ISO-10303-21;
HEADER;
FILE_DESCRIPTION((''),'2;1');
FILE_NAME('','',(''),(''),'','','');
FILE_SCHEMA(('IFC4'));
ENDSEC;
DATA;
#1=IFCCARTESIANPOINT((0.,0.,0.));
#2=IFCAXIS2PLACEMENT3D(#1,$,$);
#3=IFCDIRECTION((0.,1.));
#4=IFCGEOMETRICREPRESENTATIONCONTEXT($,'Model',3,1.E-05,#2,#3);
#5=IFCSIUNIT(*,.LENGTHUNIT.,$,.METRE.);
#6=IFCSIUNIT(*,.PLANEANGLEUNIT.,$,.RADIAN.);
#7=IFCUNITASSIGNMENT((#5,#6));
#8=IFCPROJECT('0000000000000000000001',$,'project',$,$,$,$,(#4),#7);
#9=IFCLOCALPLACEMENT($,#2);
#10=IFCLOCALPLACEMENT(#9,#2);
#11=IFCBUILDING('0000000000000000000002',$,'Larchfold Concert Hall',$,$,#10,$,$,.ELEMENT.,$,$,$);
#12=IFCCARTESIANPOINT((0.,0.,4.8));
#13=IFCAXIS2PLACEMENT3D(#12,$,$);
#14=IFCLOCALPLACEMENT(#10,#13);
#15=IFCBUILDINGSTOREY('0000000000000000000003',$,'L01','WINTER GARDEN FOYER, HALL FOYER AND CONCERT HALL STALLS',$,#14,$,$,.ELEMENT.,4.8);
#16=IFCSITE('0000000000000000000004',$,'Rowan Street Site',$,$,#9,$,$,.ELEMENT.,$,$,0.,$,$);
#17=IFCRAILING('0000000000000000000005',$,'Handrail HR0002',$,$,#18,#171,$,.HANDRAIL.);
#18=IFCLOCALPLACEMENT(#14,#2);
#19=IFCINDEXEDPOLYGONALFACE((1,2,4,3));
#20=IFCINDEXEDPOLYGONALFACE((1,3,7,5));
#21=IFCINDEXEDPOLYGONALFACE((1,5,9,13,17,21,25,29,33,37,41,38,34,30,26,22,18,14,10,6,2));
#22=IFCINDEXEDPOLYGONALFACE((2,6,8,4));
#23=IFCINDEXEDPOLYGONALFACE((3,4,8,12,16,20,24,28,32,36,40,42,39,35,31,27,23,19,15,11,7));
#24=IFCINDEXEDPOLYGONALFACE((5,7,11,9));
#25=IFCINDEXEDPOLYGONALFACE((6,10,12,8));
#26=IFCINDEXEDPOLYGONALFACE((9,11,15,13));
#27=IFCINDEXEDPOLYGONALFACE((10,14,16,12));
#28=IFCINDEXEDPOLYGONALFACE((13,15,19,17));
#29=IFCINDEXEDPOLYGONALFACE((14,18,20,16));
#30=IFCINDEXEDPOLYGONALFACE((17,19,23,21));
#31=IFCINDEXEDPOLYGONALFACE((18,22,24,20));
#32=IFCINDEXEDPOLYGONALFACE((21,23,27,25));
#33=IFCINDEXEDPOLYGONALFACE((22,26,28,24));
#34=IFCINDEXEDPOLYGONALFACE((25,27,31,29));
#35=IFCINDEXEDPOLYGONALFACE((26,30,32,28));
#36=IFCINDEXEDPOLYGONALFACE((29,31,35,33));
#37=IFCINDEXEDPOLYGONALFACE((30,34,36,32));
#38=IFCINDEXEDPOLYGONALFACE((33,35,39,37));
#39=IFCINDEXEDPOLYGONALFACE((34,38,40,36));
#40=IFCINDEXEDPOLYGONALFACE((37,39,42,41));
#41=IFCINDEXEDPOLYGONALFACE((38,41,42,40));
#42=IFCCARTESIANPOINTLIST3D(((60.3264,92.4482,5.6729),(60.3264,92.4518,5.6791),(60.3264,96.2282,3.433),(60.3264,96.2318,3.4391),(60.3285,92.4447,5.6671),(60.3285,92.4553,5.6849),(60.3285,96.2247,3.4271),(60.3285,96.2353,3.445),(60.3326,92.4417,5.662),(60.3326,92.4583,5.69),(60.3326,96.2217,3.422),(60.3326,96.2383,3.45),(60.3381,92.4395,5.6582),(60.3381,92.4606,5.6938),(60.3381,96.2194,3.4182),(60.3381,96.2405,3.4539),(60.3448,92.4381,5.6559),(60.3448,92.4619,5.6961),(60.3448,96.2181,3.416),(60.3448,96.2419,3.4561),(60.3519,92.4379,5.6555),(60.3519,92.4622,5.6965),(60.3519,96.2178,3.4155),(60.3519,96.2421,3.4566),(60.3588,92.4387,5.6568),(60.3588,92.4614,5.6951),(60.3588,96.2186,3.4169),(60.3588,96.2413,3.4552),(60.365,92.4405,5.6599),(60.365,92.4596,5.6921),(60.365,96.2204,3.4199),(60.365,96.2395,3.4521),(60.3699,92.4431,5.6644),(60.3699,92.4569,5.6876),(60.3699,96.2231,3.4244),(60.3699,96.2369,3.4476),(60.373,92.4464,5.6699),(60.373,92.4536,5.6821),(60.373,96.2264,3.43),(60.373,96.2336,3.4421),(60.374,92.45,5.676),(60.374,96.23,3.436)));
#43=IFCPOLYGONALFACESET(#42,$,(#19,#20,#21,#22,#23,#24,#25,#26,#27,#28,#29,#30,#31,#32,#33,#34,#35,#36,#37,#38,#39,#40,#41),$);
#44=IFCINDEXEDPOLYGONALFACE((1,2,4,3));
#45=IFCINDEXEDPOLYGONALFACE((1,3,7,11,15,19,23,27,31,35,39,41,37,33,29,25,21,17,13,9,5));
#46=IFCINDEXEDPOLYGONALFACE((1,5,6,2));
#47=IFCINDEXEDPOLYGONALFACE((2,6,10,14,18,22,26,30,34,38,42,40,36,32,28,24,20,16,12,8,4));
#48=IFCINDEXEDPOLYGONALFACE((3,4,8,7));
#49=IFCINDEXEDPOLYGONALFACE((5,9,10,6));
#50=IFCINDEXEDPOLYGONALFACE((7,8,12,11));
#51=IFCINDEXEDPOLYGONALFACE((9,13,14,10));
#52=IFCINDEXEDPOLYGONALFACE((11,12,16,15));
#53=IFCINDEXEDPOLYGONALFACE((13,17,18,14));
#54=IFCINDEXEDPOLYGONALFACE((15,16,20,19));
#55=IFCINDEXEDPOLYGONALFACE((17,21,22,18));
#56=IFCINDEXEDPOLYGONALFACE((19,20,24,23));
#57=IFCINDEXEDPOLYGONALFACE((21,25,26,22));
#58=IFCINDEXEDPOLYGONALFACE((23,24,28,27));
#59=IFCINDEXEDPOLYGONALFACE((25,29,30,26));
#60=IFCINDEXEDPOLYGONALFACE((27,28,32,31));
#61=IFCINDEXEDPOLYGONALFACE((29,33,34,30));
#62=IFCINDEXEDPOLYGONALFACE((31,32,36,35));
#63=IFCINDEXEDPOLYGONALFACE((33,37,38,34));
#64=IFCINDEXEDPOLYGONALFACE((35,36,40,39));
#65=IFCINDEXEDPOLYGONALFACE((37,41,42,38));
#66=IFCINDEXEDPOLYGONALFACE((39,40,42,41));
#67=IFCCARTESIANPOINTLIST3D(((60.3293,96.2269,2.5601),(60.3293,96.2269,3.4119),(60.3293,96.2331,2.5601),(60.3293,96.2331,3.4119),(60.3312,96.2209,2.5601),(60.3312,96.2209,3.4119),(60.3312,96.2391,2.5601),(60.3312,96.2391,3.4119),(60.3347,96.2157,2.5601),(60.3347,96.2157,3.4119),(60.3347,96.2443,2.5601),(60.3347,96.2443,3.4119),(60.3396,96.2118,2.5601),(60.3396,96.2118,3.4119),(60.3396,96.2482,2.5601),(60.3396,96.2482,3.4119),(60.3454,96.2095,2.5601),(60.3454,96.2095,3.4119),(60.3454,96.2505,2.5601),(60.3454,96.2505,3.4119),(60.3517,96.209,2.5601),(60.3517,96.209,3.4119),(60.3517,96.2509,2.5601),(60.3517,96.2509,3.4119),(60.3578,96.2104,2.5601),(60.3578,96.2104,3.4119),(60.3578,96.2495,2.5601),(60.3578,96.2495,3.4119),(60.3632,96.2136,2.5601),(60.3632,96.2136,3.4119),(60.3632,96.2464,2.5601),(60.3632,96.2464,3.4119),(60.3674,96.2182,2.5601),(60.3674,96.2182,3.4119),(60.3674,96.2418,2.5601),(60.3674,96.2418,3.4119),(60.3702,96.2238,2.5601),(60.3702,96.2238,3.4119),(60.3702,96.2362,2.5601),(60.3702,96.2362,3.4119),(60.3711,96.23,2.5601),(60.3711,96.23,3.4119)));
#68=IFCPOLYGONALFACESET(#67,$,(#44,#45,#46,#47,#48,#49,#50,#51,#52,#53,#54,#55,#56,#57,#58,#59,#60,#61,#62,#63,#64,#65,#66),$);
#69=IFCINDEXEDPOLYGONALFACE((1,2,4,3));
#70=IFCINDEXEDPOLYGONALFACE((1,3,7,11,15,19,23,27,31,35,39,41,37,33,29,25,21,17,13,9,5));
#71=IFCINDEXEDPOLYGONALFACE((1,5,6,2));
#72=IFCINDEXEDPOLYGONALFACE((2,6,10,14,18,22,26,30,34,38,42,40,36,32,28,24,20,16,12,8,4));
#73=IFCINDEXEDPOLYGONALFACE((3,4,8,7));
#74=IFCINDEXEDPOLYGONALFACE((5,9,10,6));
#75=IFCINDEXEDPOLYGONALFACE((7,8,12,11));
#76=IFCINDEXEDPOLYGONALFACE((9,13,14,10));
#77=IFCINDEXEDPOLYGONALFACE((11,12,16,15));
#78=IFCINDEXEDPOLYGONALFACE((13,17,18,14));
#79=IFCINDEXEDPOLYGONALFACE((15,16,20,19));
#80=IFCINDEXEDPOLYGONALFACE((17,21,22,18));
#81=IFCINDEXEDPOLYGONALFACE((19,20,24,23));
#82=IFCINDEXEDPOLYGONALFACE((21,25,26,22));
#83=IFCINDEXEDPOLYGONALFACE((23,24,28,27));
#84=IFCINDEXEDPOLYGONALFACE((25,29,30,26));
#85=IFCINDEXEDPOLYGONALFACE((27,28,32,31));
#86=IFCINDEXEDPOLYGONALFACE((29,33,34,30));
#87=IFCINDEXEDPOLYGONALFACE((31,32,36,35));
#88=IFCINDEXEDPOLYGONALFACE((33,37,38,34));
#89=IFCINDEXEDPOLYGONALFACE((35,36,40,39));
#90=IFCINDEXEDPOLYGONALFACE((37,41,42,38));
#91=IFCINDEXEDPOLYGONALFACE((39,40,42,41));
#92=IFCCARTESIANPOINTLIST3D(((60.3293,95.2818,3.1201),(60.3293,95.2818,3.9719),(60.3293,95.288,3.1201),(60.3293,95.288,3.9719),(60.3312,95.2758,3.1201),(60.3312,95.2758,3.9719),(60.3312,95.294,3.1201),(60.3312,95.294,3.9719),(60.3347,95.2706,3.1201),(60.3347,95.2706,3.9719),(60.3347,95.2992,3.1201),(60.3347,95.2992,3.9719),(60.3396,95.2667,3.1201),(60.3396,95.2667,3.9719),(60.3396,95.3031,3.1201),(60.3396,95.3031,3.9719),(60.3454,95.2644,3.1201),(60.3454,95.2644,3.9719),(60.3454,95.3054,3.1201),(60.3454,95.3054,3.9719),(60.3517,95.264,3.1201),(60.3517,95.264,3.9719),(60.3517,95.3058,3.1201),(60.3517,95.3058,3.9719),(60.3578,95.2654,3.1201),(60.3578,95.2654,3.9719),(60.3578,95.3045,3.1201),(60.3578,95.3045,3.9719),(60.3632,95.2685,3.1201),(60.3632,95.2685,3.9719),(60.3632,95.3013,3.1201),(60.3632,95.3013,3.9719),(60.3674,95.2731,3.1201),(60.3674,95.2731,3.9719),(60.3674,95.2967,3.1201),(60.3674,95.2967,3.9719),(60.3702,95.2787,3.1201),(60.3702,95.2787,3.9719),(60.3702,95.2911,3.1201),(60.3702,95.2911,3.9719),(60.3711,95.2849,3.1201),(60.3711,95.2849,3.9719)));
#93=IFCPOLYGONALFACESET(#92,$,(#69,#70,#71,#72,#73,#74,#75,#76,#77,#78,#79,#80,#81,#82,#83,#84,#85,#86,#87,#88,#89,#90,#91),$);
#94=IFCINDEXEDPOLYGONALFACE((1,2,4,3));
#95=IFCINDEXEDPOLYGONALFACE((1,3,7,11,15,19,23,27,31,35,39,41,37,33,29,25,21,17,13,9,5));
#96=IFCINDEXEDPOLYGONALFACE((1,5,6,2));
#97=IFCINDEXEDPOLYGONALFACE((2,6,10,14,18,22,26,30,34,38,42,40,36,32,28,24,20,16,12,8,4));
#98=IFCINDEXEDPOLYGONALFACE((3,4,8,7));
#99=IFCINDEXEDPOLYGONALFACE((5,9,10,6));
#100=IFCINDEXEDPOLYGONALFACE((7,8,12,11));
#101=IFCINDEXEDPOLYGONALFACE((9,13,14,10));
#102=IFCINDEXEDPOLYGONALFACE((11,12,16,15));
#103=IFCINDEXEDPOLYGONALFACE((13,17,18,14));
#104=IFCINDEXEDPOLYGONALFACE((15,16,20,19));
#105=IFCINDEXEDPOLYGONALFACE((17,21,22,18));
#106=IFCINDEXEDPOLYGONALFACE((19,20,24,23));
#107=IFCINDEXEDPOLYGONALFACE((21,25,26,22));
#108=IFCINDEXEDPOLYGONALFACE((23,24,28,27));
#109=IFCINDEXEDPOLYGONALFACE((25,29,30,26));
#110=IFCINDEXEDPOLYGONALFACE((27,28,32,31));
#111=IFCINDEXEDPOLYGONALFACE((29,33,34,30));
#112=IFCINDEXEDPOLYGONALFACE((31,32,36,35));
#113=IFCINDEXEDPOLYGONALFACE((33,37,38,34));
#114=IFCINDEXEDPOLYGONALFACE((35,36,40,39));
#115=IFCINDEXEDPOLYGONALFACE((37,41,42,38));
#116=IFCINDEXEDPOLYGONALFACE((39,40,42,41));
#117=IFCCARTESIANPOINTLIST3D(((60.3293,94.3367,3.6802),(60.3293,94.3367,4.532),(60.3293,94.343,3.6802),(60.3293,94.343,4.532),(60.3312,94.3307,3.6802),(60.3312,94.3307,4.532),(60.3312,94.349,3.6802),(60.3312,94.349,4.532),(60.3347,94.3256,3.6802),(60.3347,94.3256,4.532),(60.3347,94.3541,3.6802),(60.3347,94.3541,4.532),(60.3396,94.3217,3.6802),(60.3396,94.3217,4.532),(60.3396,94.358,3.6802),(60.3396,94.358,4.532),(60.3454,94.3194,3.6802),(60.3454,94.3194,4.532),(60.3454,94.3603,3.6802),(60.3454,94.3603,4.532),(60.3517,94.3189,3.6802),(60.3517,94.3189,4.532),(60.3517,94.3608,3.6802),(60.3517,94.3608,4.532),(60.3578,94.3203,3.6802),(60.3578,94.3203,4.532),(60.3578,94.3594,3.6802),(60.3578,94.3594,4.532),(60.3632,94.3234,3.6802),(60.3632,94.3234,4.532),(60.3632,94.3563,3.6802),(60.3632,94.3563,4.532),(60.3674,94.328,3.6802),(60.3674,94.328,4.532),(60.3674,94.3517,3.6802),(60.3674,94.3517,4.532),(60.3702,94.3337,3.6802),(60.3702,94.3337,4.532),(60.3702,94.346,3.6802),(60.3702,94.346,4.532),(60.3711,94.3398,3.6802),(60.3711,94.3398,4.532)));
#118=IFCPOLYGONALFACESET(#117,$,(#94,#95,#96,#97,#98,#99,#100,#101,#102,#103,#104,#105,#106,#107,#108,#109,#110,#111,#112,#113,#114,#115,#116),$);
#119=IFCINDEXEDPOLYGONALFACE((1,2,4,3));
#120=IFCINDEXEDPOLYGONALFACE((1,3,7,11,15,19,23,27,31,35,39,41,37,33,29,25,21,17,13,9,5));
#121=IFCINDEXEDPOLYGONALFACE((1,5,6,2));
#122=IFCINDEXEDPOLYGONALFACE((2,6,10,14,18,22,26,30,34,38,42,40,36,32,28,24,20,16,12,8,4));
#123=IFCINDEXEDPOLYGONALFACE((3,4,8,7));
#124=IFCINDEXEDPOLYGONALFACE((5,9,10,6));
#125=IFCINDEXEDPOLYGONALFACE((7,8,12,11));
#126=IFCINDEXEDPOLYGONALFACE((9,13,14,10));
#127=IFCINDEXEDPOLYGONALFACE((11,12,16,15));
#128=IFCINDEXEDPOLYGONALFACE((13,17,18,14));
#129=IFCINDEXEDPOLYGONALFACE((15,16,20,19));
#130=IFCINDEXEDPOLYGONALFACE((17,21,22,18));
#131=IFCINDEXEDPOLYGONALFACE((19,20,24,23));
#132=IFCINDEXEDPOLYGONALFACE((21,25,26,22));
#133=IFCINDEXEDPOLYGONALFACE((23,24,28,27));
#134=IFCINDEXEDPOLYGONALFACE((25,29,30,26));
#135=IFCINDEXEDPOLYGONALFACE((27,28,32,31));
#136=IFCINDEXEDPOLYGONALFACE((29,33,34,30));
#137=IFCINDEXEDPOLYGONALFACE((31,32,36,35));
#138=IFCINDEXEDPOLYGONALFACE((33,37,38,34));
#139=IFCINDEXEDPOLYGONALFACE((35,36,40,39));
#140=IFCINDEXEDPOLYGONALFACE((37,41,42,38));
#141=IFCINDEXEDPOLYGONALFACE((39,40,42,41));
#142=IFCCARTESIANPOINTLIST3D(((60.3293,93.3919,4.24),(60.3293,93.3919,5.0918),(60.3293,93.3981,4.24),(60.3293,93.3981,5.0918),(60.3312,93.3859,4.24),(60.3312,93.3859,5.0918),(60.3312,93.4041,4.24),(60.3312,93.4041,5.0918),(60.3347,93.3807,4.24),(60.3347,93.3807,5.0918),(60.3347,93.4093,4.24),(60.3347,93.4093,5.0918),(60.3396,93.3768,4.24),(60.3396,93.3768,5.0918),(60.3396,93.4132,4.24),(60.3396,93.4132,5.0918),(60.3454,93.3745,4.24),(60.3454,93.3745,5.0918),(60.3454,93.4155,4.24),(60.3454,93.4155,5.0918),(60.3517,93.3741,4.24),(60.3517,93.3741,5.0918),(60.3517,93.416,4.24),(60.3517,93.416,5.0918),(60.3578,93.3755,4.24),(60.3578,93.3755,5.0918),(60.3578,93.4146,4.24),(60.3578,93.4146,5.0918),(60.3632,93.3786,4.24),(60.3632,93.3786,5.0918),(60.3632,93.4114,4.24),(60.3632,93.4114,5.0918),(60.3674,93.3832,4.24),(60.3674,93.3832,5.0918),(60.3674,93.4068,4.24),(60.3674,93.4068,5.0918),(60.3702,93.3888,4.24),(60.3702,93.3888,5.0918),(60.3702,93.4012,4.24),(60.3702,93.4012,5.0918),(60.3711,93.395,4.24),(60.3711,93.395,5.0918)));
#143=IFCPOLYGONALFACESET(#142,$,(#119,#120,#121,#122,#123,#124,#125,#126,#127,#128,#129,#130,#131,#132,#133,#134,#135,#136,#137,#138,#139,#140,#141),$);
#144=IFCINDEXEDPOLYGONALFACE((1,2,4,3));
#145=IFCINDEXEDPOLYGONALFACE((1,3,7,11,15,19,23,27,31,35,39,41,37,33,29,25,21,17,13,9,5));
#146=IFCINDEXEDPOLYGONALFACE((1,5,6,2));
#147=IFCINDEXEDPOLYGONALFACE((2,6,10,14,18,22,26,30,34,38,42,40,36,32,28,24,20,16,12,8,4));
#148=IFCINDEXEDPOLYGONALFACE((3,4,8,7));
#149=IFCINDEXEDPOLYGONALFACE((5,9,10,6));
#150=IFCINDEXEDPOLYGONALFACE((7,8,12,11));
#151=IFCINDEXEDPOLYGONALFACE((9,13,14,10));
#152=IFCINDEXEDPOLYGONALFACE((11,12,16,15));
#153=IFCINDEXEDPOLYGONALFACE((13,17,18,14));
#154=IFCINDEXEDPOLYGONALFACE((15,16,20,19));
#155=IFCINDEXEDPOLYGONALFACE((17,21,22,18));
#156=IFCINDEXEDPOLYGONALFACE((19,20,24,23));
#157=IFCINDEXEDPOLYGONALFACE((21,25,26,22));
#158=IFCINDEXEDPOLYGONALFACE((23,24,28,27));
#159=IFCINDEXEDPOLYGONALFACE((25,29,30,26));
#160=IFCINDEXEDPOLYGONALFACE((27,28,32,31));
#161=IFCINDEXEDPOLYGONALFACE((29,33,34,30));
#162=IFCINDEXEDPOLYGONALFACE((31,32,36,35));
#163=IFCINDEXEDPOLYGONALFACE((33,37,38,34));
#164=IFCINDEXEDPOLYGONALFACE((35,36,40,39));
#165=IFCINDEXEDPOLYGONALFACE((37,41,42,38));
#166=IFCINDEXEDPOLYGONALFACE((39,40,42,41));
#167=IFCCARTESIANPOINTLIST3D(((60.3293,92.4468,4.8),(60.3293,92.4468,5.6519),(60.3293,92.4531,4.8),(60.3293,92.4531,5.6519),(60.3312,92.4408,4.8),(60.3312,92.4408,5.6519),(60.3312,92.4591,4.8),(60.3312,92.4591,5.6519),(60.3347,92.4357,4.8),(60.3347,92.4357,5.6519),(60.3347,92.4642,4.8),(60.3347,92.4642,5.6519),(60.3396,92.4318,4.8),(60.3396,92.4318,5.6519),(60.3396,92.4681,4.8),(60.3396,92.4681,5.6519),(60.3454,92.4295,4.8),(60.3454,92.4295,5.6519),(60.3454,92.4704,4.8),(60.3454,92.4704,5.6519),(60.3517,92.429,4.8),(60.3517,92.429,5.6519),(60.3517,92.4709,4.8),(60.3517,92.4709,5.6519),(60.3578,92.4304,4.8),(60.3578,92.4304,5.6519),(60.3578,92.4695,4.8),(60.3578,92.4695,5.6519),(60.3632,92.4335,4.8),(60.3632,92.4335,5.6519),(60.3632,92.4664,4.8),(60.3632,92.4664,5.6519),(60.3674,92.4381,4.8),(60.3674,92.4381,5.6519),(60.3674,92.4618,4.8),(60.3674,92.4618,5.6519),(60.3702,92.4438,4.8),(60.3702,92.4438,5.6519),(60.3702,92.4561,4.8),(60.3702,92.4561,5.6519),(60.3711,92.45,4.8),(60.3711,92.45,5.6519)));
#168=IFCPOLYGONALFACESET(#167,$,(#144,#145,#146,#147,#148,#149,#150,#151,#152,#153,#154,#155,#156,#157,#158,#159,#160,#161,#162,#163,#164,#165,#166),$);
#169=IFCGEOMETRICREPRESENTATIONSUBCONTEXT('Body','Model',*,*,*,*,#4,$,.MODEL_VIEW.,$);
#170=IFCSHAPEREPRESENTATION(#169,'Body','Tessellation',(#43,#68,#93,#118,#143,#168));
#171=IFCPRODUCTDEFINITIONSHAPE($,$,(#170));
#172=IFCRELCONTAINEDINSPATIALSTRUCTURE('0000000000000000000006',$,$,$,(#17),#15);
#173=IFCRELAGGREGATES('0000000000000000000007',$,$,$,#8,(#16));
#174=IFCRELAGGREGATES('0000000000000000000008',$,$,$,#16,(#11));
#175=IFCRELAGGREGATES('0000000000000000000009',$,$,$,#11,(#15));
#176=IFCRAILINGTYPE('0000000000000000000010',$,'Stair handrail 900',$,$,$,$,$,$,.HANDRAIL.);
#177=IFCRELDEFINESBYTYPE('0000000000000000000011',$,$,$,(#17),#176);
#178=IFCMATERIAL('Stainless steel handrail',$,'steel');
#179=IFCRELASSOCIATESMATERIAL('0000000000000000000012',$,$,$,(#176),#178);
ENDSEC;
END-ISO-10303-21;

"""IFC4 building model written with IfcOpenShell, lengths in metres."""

from ifc_helpers import new_model, si_unit, direction, frame, origin, origin_2d, place, context, subcontext, project, spatial, circle, extrude, material, type_object, element, save


model = new_model("IFC4")

# Units and contexts
model_context = context("Model", 3, precision=1e-05, world=origin(), true_north=direction((0.0, 1.0)))
body_context = subcontext(model_context, "Body", "Model", "MODEL_VIEW")
ifc_project = project(units=[si_unit("LENGTHUNIT", "METRE"), si_unit("PLANEANGLEUNIT", "RADIAN")], contexts=[model_context])

# Site, building, storey
site_placement = place(None, origin())
site = spatial("IfcSite", under=ifc_project, at=site_placement, Name="Rowan Street Site", CompositionType="ELEMENT", RefElevation=0.0)
building_placement = place(site_placement, origin())
building = spatial("IfcBuilding", under=site, at=building_placement, Name="Larchfold Concert Hall", CompositionType="ELEMENT")
storey_placement = place(building_placement, frame((0.0, 0.0, 4.8)))
storey = spatial("IfcBuildingStorey", under=building, at=storey_placement, Name="L01", Description="WINTER GARDEN FOYER, HALL FOYER AND CONCERT HALL STALLS", CompositionType="ELEMENT", Elevation=4.8)

# Railing
ifc_material_1 = material(Name="Stainless steel handrail", Category="steel")
railing_type_1 = type_object("IfcRailingType", Name="Stair handrail 900", PredefinedType="HANDRAIL", material=ifc_material_1)
railing_1_placement = place(storey_placement, frame((60.3501, 96.23, 2.5601)))
element("IfcRailing", 1, at=railing_1_placement, inside=storey, type_object=railing_type_1, Name="Handrail HR0002", PredefinedType="HANDRAIL", context=body_context, shape_type="SweptSolid", body=[
    extrude(circle(Radius=0.0239, at=origin_2d()), frame((0.0, 0.0, 0.876), z_axis=(0.0, -0.860294, 0.509798), x_axis=(1.0, 0.0, 0.0)), (0.0, 0.0, 1.0), 4.3938),
    extrude(circle(Radius=0.021, at=origin_2d()), origin(), (0.0, 0.0, 1.0), 0.8518),
    extrude(circle(Radius=0.021, at=origin_2d()), frame((0.0, -0.9451, 0.5601)), (0.0, 0.0, 1.0), 0.8518),
    extrude(circle(Radius=0.021, at=origin_2d()), frame((0.0, -1.8901, 1.1201)), (0.0, 0.0, 1.0), 0.8518),
    extrude(circle(Radius=0.021, at=origin_2d()), frame((0.0, -2.835, 1.6799)), (0.0, 0.0, 1.0), 0.8518),
    extrude(circle(Radius=0.021, at=origin_2d()), frame((0.0, -3.78, 2.24)), (0.0, 0.0, 1.0), 0.8518),
])

save(model, "model.ifc")
